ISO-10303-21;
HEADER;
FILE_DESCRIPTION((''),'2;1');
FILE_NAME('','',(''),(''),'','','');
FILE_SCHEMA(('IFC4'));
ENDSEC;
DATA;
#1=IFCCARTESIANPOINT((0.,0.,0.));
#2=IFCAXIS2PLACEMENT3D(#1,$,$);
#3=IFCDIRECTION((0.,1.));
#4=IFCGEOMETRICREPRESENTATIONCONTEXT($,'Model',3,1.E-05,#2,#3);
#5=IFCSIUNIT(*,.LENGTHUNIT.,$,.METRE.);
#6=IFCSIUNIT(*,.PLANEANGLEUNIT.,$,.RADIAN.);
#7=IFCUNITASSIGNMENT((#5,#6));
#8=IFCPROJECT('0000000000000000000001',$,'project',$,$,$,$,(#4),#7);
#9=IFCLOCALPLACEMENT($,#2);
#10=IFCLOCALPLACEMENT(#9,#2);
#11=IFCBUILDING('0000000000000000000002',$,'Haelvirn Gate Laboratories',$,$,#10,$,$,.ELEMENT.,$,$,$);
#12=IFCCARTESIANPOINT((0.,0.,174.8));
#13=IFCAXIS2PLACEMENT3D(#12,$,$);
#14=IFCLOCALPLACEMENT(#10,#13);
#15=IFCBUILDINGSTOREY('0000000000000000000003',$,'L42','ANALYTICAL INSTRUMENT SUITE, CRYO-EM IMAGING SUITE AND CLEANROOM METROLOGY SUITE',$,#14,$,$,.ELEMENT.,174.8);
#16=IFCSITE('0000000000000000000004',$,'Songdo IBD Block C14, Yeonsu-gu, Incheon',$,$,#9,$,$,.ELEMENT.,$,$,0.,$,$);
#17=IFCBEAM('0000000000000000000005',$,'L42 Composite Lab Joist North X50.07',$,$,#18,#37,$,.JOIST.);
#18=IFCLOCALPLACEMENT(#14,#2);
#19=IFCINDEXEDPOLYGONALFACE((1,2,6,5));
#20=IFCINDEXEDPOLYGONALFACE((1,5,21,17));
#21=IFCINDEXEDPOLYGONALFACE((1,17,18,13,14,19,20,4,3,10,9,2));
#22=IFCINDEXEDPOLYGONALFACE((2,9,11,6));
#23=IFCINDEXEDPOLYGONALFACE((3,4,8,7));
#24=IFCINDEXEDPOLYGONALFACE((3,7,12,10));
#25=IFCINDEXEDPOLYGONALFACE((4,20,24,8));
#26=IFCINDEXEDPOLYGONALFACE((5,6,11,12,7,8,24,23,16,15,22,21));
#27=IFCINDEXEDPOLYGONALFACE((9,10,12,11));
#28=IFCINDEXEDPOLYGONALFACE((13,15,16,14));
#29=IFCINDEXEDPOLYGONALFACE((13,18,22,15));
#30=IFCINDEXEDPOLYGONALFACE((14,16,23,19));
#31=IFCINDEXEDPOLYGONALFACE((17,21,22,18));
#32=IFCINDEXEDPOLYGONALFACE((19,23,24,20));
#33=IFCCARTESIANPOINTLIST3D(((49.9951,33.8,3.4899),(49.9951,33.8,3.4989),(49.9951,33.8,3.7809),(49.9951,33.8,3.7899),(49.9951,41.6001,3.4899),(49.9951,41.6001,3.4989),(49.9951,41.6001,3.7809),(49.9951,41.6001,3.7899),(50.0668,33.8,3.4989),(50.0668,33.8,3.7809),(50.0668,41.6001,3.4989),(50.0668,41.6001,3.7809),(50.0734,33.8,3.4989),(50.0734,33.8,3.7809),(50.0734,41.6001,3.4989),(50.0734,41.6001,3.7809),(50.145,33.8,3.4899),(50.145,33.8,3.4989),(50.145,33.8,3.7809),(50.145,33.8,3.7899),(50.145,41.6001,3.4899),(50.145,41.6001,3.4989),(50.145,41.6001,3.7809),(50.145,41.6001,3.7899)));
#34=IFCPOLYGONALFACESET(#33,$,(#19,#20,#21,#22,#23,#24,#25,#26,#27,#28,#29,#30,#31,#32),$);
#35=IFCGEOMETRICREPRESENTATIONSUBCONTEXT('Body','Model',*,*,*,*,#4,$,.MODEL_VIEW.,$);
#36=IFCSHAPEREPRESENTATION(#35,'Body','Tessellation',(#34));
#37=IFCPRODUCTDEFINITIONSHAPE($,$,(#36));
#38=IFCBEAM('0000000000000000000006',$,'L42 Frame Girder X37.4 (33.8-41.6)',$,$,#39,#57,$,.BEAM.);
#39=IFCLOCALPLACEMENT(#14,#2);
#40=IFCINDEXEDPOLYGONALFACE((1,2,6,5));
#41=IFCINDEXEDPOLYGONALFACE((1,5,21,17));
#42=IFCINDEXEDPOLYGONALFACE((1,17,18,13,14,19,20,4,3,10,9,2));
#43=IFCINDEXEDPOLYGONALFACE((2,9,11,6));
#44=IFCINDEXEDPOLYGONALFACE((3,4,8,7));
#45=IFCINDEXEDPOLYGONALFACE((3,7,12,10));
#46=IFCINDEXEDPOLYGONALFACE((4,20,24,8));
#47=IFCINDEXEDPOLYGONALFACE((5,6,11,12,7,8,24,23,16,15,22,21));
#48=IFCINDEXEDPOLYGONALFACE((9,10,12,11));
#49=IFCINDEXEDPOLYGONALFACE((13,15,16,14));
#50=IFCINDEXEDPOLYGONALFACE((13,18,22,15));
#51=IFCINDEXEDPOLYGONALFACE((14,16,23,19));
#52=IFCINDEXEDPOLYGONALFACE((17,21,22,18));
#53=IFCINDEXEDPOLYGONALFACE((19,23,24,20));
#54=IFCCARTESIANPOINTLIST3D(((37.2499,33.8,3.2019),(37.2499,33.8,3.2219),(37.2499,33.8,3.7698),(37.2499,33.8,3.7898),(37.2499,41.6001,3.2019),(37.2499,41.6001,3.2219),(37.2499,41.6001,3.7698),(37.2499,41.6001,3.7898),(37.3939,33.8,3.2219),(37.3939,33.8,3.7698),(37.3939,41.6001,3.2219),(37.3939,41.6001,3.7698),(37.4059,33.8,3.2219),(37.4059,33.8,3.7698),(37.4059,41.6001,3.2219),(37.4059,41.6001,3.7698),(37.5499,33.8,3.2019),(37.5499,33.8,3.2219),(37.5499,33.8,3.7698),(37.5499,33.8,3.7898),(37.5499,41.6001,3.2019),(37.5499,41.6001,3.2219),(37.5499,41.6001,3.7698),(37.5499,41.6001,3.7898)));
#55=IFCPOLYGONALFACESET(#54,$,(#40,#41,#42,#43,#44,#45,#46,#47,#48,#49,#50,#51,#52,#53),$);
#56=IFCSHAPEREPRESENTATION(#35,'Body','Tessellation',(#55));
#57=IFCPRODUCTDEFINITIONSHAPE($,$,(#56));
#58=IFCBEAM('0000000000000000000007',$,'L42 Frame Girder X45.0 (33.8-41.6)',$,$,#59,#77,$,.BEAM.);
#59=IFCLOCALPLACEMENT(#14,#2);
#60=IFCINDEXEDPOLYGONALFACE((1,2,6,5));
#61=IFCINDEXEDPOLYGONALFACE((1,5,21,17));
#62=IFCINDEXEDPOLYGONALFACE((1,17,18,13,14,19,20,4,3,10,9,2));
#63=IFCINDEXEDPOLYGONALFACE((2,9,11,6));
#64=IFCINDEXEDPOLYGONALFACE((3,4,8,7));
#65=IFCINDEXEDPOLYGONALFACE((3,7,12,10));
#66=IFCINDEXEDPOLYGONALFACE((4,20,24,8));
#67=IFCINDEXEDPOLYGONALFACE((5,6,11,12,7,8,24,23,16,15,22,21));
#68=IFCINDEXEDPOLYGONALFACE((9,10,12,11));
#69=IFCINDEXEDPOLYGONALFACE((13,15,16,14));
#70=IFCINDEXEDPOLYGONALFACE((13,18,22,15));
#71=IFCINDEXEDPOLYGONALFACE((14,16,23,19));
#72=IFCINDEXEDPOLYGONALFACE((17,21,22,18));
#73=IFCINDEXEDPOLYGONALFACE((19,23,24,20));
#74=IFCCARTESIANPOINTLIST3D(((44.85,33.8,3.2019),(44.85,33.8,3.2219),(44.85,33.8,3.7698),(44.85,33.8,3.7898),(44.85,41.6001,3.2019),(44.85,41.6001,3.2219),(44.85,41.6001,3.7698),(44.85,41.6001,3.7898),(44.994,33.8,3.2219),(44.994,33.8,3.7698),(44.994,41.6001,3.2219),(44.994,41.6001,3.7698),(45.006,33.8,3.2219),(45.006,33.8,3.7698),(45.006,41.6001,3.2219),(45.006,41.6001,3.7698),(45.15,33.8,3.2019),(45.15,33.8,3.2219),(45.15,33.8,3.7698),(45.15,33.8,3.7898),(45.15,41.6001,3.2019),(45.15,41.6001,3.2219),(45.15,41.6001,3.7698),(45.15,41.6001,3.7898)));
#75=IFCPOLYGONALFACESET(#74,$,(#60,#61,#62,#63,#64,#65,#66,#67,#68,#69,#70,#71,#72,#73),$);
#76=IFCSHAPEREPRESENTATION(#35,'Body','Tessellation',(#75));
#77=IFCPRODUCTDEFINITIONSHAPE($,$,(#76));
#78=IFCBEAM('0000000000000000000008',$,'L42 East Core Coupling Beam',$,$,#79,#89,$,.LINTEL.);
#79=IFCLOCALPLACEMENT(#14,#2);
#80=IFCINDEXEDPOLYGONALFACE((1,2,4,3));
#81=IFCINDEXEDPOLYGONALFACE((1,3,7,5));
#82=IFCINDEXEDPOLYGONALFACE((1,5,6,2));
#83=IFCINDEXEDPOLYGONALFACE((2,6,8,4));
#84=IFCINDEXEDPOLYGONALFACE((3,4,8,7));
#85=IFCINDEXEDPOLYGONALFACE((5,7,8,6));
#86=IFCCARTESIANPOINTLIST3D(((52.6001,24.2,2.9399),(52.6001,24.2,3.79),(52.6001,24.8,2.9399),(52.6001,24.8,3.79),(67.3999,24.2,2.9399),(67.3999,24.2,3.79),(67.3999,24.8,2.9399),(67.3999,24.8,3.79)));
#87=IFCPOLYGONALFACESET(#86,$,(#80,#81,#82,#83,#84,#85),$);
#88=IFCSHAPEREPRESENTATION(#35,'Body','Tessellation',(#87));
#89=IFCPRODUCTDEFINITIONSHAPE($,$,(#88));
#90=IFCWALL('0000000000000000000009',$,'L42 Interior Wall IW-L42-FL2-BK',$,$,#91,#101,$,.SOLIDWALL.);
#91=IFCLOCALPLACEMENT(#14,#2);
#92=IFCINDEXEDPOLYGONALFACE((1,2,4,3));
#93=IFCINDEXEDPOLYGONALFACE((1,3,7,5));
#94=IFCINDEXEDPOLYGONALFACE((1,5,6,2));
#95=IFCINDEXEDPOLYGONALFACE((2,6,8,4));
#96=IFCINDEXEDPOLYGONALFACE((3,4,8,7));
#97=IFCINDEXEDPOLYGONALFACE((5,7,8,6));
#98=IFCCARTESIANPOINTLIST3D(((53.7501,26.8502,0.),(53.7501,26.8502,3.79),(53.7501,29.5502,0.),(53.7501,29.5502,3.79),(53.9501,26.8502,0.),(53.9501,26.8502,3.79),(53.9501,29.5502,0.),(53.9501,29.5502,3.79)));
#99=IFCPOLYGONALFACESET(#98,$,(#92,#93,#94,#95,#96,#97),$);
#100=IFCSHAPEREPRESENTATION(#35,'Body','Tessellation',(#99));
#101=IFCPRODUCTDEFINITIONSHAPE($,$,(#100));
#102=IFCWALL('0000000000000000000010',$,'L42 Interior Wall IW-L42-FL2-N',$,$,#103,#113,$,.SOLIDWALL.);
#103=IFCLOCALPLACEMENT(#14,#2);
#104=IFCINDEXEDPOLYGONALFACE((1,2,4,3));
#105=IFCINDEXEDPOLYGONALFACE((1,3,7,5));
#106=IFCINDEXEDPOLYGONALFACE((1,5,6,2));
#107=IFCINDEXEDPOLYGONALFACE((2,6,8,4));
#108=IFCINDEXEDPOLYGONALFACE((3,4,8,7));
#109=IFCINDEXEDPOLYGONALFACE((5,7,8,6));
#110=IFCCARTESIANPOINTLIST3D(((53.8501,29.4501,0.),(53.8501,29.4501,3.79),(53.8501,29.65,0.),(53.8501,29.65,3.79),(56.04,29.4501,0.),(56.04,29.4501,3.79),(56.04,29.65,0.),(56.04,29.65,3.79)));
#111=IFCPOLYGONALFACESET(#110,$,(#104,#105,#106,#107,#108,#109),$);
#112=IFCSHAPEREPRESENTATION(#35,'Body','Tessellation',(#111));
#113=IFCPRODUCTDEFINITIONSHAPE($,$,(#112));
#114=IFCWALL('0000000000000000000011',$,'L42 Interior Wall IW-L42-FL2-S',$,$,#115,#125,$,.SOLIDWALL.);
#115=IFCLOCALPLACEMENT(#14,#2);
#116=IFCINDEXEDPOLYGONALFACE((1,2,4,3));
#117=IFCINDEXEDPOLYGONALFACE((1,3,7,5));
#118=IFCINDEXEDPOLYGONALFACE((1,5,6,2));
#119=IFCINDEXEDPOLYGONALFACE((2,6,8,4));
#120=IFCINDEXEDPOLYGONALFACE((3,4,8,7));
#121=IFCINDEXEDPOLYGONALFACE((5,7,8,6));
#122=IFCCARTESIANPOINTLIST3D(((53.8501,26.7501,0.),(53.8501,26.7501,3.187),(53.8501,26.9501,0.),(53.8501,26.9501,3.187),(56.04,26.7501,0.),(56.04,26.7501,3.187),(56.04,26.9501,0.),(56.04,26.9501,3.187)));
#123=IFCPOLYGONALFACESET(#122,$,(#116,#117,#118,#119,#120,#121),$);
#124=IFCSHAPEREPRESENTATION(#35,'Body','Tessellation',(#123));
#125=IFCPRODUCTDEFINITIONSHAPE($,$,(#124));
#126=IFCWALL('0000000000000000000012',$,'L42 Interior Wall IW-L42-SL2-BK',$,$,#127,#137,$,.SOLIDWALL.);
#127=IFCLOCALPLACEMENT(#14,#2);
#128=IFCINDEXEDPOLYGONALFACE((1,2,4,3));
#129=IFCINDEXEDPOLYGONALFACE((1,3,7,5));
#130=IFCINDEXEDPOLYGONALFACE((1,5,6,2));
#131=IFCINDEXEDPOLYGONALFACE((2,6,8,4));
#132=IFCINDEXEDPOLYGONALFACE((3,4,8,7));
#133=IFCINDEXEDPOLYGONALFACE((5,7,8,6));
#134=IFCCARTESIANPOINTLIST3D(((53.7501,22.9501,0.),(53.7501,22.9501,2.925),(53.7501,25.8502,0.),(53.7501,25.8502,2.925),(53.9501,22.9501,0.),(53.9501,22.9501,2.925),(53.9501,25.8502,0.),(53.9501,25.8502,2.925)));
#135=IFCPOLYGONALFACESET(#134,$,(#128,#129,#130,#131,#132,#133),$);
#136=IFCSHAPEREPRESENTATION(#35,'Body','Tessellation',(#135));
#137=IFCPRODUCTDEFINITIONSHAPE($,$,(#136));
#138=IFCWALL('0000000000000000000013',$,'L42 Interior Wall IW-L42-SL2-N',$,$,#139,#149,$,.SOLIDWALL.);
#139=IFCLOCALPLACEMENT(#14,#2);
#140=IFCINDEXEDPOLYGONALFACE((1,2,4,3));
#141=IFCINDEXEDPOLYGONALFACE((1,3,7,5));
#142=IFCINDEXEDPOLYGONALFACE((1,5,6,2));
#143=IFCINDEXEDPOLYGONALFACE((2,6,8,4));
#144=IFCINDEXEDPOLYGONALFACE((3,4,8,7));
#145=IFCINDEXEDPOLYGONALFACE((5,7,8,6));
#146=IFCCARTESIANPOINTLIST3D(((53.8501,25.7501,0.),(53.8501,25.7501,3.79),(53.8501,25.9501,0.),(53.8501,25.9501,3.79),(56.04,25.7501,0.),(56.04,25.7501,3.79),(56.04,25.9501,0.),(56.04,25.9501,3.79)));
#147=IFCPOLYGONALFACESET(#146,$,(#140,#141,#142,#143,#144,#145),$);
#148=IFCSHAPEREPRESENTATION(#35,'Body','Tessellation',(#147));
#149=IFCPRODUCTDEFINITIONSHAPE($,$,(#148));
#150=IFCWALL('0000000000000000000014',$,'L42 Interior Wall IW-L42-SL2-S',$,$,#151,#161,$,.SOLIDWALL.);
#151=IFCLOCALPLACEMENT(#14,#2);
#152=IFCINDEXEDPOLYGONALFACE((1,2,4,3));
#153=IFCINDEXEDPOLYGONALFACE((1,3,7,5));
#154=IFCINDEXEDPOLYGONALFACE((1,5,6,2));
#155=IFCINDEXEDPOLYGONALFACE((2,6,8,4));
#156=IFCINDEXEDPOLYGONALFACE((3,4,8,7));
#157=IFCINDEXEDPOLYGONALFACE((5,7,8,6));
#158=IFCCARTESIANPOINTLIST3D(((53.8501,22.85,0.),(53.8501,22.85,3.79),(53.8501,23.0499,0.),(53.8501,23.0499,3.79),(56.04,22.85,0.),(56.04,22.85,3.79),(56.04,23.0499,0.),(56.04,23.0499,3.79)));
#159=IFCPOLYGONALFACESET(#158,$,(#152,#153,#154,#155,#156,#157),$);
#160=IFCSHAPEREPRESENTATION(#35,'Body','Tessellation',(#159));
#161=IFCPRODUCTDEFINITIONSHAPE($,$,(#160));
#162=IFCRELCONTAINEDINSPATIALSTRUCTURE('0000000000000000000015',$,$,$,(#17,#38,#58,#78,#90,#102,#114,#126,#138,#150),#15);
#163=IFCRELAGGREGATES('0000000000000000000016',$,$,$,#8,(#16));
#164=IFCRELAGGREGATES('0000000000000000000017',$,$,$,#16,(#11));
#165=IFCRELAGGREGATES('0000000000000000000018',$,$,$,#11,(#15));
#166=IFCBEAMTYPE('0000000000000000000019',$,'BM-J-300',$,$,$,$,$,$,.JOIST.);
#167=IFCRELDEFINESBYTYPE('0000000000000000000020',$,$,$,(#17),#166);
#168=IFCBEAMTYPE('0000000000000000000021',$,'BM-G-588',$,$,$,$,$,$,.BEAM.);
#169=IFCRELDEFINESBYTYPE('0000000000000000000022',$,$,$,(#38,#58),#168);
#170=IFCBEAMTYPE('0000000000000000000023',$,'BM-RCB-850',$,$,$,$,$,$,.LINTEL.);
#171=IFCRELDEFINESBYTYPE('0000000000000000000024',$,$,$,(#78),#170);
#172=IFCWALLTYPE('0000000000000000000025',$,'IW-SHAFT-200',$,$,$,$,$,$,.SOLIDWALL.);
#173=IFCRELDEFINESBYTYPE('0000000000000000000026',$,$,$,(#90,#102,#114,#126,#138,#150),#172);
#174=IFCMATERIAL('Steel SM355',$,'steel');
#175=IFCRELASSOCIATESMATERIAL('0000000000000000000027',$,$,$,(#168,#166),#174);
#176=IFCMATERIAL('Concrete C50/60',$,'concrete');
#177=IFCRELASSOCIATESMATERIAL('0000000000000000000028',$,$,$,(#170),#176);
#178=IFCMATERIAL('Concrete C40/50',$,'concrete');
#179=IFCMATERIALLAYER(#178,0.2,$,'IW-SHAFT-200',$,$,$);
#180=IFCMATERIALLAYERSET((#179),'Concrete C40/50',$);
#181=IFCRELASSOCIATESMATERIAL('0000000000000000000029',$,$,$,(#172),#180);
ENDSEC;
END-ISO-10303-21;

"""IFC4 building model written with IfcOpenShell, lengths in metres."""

from ifc_helpers import new_model, si_unit, direction, frame, frame_2d, origin, origin_2d, place, context, subcontext, project, spatial, rectangle, i_section, extrude, source, transform, mapped, material, layer, layer_set, material_profile, profile_set, type_object, type_shapes, element, save


model = new_model("IFC4")

# Units and contexts
model_context = context("Model", 3, precision=1e-05, world=origin(), true_north=direction((0.0, 1.0)))
body_context = subcontext(model_context, "Body", "Model", "MODEL_VIEW")
ifc_project = project(units=[si_unit("LENGTHUNIT", "METRE"), si_unit("PLANEANGLEUNIT", "RADIAN")], contexts=[model_context])

# Site, building, storey
site_placement = place(None, origin())
site = spatial("IfcSite", under=ifc_project, at=site_placement, Name="Songdo IBD Block C14, Yeonsu-gu, Incheon", CompositionType="ELEMENT", RefElevation=0.0)
building_placement = place(site_placement, origin())
building = spatial("IfcBuilding", under=site, at=building_placement, Name="Haelvirn Gate Laboratories", CompositionType="ELEMENT")
storey_placement = place(building_placement, frame((0.0, 0.0, 174.8)))
storey = spatial("IfcBuildingStorey", under=building, at=storey_placement, Name="L42", Description="ANALYTICAL INSTRUMENT SUITE, CRYO-EM IMAGING SUITE AND CLEANROOM METROLOGY SUITE", CompositionType="ELEMENT", Elevation=174.8)

# Shared definitions
ifc_material_1 = material(Name="Steel SM355", Category="steel")

# Beams
ifc_material_profile_1 = material_profile(ifc_material_1, i_section(OverallWidth=0.3, OverallDepth=0.5879, WebThickness=0.012, FlangeThickness=0.02, at=origin_2d()), Name="H-588x300x12x20")
ifc_profile_set_1 = profile_set([ifc_material_profile_1], Name="Steel SM355")
beam_type_1 = type_object("IfcBeamType", Name="BM-G-588", PredefinedType="BEAM", material=ifc_profile_set_1)
ifc_material_profile_2 = material_profile(ifc_material_1, i_section(OverallWidth=0.1499, OverallDepth=0.3, WebThickness=0.0066, FlangeThickness=0.009, at=origin_2d()), Name="H-300x150x6.5x9")
ifc_profile_set_2 = profile_set([ifc_material_profile_2], Name="Steel SM355")
beam_type_2 = type_object("IfcBeamType", Name="BM-J-300", PredefinedType="JOIST", material=ifc_profile_set_2)
shared_shape_1 = source(origin(), body_context, "Body", "SweptSolid", [
    extrude(i_section(OverallWidth=0.1499, OverallDepth=0.3, WebThickness=0.0066, FlangeThickness=0.009, at=origin_2d()), origin(), (0.0, 0.0, 1.0), 7.8),
])
type_shapes(beam_type_2, [shared_shape_1])
for number, where, z_axis, x_axis, name in (
    (1, (50.0701, 33.8, 3.6399), (0.0, 1.0, 0.0), (-1.0, 0.0, 0.0), "L42 Composite Lab Joist North X50.07"),
):
    element("IfcBeam", number, at=place(storey_placement, frame(where, z_axis=z_axis, x_axis=x_axis)), inside=storey, type_object=beam_type_2, Name=name, PredefinedType="JOIST", context=body_context, shape_type="MappedRepresentation", body=[
        mapped(shared_shape_1, transform((0.0, 0.0, 0.0), scale=1.0)),
    ])
shared_shape_2 = source(origin(), body_context, "Body", "SweptSolid", [
    extrude(i_section(OverallWidth=0.3, OverallDepth=0.5879, WebThickness=0.012, FlangeThickness=0.02, at=origin_2d()), origin(), (0.0, 0.0, 1.0), 7.8),
])
for number, where, z_axis, x_axis, name in (
    (2, (37.3999, 33.8, 3.4958), (0.0, 1.0, 0.0), (-1.0, 0.0, 0.0), "L42 Frame Girder X37.4 (33.8-41.6)"),
    (3, (45.0, 33.8, 3.4958), (0.0, 1.0, 0.0), (-1.0, 0.0, 0.0), "L42 Frame Girder X45.0 (33.8-41.6)"),
):
    element("IfcBeam", number, at=place(storey_placement, frame(where, z_axis=z_axis, x_axis=x_axis)), inside=storey, type_object=beam_type_1, Name=name, PredefinedType="BEAM", context=body_context, shape_type="MappedRepresentation", body=[
        mapped(shared_shape_2, transform((0.0, 0.0, 0.0), scale=1.0)),
    ])
ifc_material_2 = material(Name="Concrete C50/60", Category="concrete")
ifc_material_profile_3 = material_profile(ifc_material_2, rectangle(XDim=0.6001, YDim=0.8501, at=origin_2d()), Name="RCB-600x850")
ifc_profile_set_3 = profile_set([ifc_material_profile_3], Name="Concrete C50/60")
beam_type_3 = type_object("IfcBeamType", Name="BM-RCB-850", PredefinedType="LINTEL", material=ifc_profile_set_3)
shared_shape_3 = source(origin(), body_context, "Body", "SweptSolid", [
    extrude(rectangle(XDim=0.6001, YDim=0.8501, at=origin_2d()), origin(), (0.0, 0.0, 1.0), 14.7998),
])
type_shapes(beam_type_3, [shared_shape_3])
beam_1_placement = place(storey_placement, frame((52.6001, 24.5, 3.365), z_axis=(1.0, 0.0, 0.0), x_axis=(0.0, 1.0, 0.0)))
element("IfcBeam", 4, at=beam_1_placement, inside=storey, type_object=beam_type_3, Name="L42 East Core Coupling Beam", PredefinedType="LINTEL", context=body_context, shape_type="MappedRepresentation", body=[
    mapped(shared_shape_3, transform((0.0, 0.0, 0.0), scale=1.0)),
])

# Walls
ifc_material_3 = material(Name="Concrete C40/50", Category="concrete")
ifc_layer_1 = layer(ifc_material_3, 0.2, Name="IW-SHAFT-200")
ifc_layer_set_1 = layer_set([ifc_layer_1], Name="Concrete C40/50")
wall_type_1 = type_object("IfcWallType", Name="IW-SHAFT-200", PredefinedType="SOLIDWALL", material=ifc_layer_set_1)
wall_1_placement = place(storey_placement, frame((53.8501, 26.8501, 0.0), z_axis=(0.0, 0.0, 1.0), x_axis=(0.0, 1.0, 0.0)))
element("IfcWall", 5, at=wall_1_placement, inside=storey, type_object=wall_type_1, Name="L42 Interior Wall IW-L42-FL2-BK", PredefinedType="SOLIDWALL", context=body_context, shape_type="SweptSolid", body=[
    extrude(rectangle(XDim=2.7, YDim=0.2, at=frame_2d((1.3501, 0.0))), origin(), (0.0, 0.0, 1.0), 3.79),
])
wall_2_placement = place(storey_placement, frame((53.8501, 29.55, 0.0), z_axis=(0.0, 0.0, 1.0), x_axis=(1.0, 0.0, 0.0)))
element("IfcWall", 6, at=wall_2_placement, inside=storey, type_object=wall_type_1, Name="L42 Interior Wall IW-L42-FL2-N", PredefinedType="SOLIDWALL", context=body_context, shape_type="SweptSolid", body=[
    extrude(rectangle(XDim=2.1899, YDim=0.2, at=frame_2d((1.095, 0.0))), origin(), (0.0, 0.0, 1.0), 3.79),
])
wall_3_placement = place(storey_placement, frame((53.8501, 26.8501, 0.0), z_axis=(0.0, 0.0, 1.0), x_axis=(1.0, 0.0, 0.0)))
element("IfcWall", 7, at=wall_3_placement, inside=storey, type_object=wall_type_1, Name="L42 Interior Wall IW-L42-FL2-S", PredefinedType="SOLIDWALL", context=body_context, shape_type="SweptSolid", body=[
    extrude(rectangle(XDim=2.1899, YDim=0.2, at=frame_2d((1.095, 0.0))), origin(), (0.0, 0.0, 1.0), 3.187),
])
wall_4_placement = place(storey_placement, frame((53.8501, 22.95, 0.0), z_axis=(0.0, 0.0, 1.0), x_axis=(0.0, 1.0, 0.0)))
element("IfcWall", 8, at=wall_4_placement, inside=storey, type_object=wall_type_1, Name="L42 Interior Wall IW-L42-SL2-BK", PredefinedType="SOLIDWALL", context=body_context, shape_type="SweptSolid", body=[
    extrude(rectangle(XDim=2.9001, YDim=0.2, at=frame_2d((1.4502, 0.0))), origin(), (0.0, 0.0, 1.0), 2.925),
])
for number, where, z_axis, x_axis, name in (
    (9, (53.8501, 25.8501, 0.0), (0.0, 0.0, 1.0), (1.0, 0.0, 0.0), "L42 Interior Wall IW-L42-SL2-N"),
    (10, (53.8501, 22.95, 0.0), (0.0, 0.0, 1.0), (1.0, 0.0, 0.0), "L42 Interior Wall IW-L42-SL2-S"),
):
    element("IfcWall", number, at=place(storey_placement, frame(where, z_axis=z_axis, x_axis=x_axis)), inside=storey, type_object=wall_type_1, Name=name, PredefinedType="SOLIDWALL", context=body_context, shape_type="SweptSolid", body=[
        extrude(rectangle(XDim=2.1899, YDim=0.2, at=frame_2d((1.095, 0.0))), origin(), (0.0, 0.0, 1.0), 3.79),
    ])

save(model, "model.ifc")
